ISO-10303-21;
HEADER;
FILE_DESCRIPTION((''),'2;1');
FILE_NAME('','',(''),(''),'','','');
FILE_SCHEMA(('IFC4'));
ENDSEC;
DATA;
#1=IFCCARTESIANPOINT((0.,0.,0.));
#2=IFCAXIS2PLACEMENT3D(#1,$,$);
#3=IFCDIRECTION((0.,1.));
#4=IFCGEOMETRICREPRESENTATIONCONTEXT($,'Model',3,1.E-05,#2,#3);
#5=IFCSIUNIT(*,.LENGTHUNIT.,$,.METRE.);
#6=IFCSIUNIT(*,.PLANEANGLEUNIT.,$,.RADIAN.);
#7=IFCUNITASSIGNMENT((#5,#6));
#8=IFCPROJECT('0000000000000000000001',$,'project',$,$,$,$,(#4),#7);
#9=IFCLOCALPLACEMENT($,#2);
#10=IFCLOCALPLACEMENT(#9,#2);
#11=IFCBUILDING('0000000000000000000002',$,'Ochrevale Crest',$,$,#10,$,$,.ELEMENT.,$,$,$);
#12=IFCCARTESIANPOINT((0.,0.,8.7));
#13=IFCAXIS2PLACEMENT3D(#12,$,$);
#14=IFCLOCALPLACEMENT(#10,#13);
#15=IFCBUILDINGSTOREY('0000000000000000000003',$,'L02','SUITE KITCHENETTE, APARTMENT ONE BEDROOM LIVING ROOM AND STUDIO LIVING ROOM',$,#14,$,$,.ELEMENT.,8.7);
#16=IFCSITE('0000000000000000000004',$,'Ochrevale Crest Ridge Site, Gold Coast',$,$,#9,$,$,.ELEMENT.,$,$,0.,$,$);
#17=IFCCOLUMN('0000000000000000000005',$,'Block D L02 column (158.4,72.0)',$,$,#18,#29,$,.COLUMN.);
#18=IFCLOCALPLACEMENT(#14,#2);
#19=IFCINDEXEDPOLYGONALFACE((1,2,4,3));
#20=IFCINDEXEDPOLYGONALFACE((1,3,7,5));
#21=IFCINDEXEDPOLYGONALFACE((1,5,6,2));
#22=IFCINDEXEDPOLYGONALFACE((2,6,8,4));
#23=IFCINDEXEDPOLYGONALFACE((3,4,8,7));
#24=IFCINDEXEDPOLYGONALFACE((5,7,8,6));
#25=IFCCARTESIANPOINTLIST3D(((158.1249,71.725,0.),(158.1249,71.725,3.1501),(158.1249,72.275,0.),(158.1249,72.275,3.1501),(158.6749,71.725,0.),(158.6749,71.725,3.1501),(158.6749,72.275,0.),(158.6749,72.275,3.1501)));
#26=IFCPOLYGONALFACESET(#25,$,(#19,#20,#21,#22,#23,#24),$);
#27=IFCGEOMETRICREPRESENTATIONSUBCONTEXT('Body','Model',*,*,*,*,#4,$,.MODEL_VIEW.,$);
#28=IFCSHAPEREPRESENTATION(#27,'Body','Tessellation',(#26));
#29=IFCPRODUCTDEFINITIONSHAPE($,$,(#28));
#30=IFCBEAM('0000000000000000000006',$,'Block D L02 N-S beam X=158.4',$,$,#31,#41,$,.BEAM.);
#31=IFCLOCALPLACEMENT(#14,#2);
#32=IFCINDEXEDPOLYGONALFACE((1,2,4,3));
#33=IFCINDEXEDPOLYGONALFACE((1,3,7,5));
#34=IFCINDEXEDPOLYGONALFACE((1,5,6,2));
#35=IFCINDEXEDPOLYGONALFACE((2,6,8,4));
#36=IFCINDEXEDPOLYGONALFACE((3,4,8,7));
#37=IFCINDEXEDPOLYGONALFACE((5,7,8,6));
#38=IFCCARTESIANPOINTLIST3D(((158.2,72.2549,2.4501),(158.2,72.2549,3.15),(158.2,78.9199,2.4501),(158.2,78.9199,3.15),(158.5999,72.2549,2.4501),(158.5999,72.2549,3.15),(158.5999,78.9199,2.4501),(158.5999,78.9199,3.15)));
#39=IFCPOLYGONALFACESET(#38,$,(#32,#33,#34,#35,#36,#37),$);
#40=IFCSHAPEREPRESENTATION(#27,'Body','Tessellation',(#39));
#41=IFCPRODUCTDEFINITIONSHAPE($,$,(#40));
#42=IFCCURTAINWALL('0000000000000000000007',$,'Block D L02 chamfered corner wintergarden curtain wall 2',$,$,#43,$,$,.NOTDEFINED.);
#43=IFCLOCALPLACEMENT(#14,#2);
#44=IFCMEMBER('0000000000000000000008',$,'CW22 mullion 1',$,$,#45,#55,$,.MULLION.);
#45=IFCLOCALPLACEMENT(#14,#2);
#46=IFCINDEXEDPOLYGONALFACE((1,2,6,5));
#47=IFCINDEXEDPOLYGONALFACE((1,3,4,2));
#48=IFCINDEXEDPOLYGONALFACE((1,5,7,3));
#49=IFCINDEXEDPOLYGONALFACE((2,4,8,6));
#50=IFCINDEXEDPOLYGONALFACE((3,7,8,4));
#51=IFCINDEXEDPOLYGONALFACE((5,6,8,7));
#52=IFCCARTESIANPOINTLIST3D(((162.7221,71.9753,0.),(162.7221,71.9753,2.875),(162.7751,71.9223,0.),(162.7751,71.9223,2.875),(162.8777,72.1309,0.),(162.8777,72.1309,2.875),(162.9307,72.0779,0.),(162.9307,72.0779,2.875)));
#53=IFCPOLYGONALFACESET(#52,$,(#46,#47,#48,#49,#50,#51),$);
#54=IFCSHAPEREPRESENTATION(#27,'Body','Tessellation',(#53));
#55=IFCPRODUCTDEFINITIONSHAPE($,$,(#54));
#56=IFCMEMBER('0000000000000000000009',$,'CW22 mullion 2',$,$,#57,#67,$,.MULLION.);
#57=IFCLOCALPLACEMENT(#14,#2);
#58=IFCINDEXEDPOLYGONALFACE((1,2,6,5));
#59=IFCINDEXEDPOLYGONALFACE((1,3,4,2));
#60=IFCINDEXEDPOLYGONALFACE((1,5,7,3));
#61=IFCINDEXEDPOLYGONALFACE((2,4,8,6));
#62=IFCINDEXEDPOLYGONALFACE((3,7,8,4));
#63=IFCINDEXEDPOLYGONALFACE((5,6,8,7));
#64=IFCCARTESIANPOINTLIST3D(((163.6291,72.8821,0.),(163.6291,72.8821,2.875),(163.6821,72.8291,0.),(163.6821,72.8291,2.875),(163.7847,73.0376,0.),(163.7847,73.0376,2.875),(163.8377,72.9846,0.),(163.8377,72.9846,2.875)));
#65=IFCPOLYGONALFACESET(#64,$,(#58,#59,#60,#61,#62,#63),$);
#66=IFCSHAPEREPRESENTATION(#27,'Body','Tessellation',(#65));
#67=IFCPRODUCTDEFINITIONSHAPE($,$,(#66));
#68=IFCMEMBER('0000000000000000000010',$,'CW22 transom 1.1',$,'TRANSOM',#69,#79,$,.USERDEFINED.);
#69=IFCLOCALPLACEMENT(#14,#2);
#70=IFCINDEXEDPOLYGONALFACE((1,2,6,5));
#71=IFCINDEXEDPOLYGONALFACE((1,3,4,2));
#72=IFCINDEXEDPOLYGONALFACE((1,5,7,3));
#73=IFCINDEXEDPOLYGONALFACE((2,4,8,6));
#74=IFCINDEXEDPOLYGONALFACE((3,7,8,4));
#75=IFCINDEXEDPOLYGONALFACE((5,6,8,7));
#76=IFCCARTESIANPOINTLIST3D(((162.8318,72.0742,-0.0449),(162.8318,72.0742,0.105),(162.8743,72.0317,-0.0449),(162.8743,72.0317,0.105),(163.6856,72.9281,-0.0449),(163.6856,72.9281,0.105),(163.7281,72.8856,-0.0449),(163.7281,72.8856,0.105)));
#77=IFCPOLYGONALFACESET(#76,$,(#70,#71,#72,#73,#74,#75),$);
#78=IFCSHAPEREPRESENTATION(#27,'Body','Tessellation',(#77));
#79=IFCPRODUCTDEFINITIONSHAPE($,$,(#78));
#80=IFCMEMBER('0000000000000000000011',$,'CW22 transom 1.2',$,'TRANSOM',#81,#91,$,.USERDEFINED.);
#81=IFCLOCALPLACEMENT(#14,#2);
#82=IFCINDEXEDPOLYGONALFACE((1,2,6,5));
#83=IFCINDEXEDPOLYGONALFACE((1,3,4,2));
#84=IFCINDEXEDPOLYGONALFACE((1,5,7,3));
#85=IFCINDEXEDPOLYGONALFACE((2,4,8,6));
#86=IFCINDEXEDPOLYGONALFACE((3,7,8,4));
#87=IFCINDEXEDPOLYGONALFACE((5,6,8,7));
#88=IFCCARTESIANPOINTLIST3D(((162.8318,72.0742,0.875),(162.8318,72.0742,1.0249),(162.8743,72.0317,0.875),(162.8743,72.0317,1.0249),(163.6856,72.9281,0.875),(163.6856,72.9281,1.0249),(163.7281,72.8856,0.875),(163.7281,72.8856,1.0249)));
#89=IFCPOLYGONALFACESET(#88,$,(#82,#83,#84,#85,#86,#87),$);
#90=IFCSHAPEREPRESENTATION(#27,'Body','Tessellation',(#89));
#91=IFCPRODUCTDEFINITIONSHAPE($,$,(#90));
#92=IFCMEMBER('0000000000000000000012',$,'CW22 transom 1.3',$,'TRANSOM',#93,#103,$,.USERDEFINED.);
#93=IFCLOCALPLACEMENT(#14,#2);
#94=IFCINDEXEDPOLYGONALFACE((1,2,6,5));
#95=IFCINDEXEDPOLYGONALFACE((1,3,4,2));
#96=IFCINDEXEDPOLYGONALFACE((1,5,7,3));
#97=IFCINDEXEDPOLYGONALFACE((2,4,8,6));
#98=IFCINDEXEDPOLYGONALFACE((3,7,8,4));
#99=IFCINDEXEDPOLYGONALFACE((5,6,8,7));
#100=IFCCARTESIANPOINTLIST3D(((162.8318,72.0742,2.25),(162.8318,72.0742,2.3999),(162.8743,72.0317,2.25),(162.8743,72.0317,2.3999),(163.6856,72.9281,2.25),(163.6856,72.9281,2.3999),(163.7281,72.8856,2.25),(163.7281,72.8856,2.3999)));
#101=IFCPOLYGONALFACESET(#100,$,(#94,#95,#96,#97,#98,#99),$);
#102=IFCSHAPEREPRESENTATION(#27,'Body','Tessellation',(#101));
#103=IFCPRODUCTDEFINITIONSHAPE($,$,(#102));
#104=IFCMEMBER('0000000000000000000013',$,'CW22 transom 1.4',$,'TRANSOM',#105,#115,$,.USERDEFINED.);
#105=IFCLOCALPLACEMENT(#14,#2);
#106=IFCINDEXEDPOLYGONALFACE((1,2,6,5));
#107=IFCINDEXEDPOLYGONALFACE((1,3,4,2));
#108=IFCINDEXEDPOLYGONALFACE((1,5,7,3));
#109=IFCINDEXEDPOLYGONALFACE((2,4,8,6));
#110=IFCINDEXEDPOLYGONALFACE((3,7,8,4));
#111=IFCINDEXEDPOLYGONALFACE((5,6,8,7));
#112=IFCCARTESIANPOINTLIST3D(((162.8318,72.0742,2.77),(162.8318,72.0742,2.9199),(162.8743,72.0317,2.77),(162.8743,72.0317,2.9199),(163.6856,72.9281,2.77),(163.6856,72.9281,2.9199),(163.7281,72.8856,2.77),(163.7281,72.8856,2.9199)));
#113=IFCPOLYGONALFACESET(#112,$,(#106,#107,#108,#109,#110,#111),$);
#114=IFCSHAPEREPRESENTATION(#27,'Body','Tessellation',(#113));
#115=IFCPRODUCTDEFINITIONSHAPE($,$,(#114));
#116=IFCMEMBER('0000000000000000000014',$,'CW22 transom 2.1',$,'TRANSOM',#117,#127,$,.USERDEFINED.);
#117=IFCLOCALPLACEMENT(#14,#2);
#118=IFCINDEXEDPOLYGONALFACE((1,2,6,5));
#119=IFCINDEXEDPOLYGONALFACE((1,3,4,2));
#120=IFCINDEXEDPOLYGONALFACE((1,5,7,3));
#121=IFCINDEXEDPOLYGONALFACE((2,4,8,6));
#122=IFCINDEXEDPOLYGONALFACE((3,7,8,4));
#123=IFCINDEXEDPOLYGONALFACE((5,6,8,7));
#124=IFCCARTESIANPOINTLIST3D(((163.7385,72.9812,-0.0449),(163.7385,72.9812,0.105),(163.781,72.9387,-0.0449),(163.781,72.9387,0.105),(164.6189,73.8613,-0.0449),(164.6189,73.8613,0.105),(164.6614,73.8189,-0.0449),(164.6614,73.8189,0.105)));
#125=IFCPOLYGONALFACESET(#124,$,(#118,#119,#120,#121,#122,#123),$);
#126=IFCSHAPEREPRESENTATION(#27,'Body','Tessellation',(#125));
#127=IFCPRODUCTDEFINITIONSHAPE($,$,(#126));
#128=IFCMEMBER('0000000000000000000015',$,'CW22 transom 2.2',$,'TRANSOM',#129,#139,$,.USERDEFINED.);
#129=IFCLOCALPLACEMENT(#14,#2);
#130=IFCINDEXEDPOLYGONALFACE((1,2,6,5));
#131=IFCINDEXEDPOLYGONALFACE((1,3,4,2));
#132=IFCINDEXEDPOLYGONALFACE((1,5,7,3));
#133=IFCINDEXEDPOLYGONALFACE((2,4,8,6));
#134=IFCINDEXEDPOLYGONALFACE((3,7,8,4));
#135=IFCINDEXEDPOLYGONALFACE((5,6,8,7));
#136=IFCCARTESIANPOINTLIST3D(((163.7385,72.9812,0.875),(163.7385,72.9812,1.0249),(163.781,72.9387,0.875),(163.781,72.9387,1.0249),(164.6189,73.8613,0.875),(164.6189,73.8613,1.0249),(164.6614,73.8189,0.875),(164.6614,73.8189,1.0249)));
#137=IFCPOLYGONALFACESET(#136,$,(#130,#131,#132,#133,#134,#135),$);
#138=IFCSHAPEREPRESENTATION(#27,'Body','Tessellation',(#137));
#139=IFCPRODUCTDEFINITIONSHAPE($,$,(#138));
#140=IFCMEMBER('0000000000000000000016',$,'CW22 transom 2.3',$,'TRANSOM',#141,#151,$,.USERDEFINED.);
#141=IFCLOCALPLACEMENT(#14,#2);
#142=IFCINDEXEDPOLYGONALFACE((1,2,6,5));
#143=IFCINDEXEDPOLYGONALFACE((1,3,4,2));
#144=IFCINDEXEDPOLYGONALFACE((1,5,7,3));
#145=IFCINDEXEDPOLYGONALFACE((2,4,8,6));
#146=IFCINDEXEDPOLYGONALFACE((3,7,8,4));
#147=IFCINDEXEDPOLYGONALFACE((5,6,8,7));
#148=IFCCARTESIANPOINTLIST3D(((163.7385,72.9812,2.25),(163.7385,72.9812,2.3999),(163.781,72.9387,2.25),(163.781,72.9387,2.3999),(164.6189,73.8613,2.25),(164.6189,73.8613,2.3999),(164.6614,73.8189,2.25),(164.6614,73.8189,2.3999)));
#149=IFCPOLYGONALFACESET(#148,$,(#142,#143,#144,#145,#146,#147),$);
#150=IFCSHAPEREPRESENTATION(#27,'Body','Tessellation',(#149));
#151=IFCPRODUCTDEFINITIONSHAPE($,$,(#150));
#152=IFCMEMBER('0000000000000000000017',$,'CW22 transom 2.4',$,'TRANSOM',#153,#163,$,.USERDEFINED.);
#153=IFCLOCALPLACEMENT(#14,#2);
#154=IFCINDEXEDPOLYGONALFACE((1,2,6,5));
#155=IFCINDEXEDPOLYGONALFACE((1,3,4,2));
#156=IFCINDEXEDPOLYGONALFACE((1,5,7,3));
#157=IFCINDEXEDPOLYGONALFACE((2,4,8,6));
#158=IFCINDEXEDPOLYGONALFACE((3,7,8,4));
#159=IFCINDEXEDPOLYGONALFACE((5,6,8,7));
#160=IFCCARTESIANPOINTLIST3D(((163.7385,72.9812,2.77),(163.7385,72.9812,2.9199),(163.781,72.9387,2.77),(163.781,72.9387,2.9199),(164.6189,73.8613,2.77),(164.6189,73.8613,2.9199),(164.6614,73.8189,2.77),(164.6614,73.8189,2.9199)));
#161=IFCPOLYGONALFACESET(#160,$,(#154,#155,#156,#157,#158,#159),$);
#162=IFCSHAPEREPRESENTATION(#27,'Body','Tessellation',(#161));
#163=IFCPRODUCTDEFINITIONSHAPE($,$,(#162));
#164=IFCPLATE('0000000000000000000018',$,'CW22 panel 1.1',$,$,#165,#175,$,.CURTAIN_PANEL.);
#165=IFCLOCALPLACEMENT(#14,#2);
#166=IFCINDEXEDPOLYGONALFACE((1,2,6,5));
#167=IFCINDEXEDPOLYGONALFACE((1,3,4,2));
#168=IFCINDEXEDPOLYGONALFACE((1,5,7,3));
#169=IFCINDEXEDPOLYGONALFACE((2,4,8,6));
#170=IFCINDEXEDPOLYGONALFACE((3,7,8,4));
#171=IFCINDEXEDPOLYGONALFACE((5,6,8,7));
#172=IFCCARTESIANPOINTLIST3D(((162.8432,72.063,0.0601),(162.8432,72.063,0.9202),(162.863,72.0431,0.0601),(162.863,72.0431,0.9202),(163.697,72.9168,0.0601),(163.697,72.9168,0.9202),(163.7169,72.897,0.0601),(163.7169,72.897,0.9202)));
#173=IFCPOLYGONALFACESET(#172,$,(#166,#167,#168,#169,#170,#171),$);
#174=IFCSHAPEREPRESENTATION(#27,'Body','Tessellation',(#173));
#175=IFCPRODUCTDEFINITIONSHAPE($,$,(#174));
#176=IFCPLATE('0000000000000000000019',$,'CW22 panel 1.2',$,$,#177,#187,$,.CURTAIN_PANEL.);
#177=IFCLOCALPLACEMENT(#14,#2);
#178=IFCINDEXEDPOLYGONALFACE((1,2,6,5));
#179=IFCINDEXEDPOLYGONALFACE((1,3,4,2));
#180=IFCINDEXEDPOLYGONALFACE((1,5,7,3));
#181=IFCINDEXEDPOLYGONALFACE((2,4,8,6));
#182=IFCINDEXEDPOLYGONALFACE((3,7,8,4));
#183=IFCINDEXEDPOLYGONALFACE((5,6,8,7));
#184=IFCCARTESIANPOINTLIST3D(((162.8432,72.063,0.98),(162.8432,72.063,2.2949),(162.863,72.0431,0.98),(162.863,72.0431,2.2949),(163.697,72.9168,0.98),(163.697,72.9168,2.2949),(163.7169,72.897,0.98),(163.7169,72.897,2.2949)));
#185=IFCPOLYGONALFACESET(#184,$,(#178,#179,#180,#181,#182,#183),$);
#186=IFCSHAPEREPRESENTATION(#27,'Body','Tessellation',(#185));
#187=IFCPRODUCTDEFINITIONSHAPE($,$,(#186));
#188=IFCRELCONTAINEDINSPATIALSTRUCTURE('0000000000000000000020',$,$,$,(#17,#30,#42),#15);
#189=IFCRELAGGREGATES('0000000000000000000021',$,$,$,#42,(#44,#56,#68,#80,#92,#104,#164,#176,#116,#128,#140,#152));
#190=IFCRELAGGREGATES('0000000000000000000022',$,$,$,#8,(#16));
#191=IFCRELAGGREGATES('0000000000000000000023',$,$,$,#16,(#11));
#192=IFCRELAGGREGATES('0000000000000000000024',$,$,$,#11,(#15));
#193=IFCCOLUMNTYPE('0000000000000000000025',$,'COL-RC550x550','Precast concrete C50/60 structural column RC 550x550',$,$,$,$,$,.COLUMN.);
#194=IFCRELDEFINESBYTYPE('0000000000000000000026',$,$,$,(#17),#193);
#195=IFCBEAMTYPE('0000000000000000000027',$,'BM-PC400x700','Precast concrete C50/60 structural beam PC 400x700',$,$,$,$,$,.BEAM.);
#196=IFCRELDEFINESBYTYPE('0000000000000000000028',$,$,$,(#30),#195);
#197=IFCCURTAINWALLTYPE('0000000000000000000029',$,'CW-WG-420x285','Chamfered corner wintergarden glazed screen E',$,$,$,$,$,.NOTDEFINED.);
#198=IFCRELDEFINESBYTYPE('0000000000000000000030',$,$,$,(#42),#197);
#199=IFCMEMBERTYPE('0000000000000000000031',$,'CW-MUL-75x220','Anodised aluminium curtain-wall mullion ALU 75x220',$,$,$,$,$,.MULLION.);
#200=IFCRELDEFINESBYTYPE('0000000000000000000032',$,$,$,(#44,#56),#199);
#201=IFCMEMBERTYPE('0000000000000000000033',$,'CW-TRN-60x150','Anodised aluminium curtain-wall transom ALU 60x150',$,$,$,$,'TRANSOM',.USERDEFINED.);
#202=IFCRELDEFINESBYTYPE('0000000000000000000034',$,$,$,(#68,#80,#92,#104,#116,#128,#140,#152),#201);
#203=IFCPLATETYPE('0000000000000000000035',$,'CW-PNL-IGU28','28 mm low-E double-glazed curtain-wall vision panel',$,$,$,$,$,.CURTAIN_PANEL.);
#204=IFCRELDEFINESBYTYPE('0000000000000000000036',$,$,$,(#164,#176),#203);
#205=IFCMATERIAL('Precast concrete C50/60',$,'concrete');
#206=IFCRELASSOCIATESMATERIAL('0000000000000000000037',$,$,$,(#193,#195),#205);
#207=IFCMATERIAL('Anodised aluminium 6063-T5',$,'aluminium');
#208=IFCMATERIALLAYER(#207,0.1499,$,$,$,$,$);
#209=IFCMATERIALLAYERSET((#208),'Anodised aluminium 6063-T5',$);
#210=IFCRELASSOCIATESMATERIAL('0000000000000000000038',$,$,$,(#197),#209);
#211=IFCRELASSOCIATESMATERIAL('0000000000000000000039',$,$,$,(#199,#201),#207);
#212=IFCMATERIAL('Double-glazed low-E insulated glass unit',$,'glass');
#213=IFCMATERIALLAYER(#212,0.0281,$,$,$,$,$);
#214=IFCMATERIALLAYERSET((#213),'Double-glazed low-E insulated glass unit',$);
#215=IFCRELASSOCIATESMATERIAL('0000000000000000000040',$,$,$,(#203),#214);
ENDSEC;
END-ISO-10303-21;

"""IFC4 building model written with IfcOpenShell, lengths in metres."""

from ifc_helpers import new_model, si_unit, direction, frame, origin, origin_2d, place, context, subcontext, project, spatial, rectangle, extrude, material, layer, layer_set, material_profile, profile_set, type_object, element, aggregate, save


model = new_model("IFC4")

# Units and contexts
model_context = context("Model", 3, precision=1e-05, world=origin(), true_north=direction((0.0, 1.0)))
body_context = subcontext(model_context, "Body", "Model", "MODEL_VIEW")
ifc_project = project(units=[si_unit("LENGTHUNIT", "METRE"), si_unit("PLANEANGLEUNIT", "RADIAN")], contexts=[model_context])

# Site, building, storey
site_placement = place(None, origin())
site = spatial("IfcSite", under=ifc_project, at=site_placement, Name="Ochrevale Crest Ridge Site, Gold Coast", CompositionType="ELEMENT", RefElevation=0.0)
building_placement = place(site_placement, origin())
building = spatial("IfcBuilding", under=site, at=building_placement, Name="Ochrevale Crest", CompositionType="ELEMENT")
storey_placement = place(building_placement, frame((0.0, 0.0, 8.7)))
storey = spatial("IfcBuildingStorey", under=building, at=storey_placement, Name="L02", Description="SUITE KITCHENETTE, APARTMENT ONE BEDROOM LIVING ROOM AND STUDIO LIVING ROOM", CompositionType="ELEMENT", Elevation=8.7)

# Column
ifc_material_1 = material(Name="Precast concrete C50/60", Category="concrete")
ifc_material_profile_1 = material_profile(ifc_material_1, rectangle(XDim=0.55, YDim=0.55, at=origin_2d()), Name="RC 550x550")
ifc_profile_set_1 = profile_set([ifc_material_profile_1], Name="Precast concrete C50/60")
column_type = type_object("IfcColumnType", Name="COL-RC550x550", Description="Precast concrete C50/60 structural column RC 550x550", PredefinedType="COLUMN", material=ifc_profile_set_1)
column_placement = place(storey_placement, frame((158.3999, 72.0, 0.0), z_axis=(0.0, 0.0, 1.0), x_axis=(1.0, 0.0, 0.0)))
element("IfcColumn", 1, at=column_placement, inside=storey, type_object=column_type, Name="Block D L02 column (158.4,72.0)", PredefinedType="COLUMN", context=body_context, shape_type="SweptSolid", body=[
    extrude(rectangle(XDim=0.55, YDim=0.55, at=origin_2d()), origin(), (0.0, 0.0, 1.0), 3.1501),
])

# Beam
ifc_material_profile_2 = material_profile(ifc_material_1, rectangle(XDim=0.3999, YDim=0.7, at=origin_2d()), Name="PC 400x700")
ifc_profile_set_2 = profile_set([ifc_material_profile_2], Name="Precast concrete C50/60")
beam_type = type_object("IfcBeamType", Name="BM-PC400x700", Description="Precast concrete C50/60 structural beam PC 400x700", PredefinedType="BEAM", material=ifc_profile_set_2)
beam_placement = place(storey_placement, frame((158.3999, 72.2549, 2.8), z_axis=(0.0, 1.0, 0.0), x_axis=(-1.0, 0.0, 0.0)))
element("IfcBeam", 2, at=beam_placement, inside=storey, type_object=beam_type, Name="Block D L02 N-S beam X=158.4", PredefinedType="BEAM", context=body_context, shape_type="SweptSolid", body=[
    extrude(rectangle(XDim=0.3999, YDim=0.7, at=origin_2d()), origin(), (0.0, 0.0, 1.0), 6.665),
])

# Curtain wall, members, plates
ifc_material_2 = material(Name="Anodised aluminium 6063-T5", Category="aluminium")
ifc_layer_1 = layer(ifc_material_2, 0.1499)
ifc_layer_set_1 = layer_set([ifc_layer_1], Name="Anodised aluminium 6063-T5")
curtain_wall_type = type_object("IfcCurtainWallType", Name="CW-WG-420x285", Description="Chamfered corner wintergarden glazed screen E", PredefinedType="NOTDEFINED", material=ifc_layer_set_1)
curtain_wall_placement = place(storey_placement, origin())
curtain_wall = element("IfcCurtainWall", 3, at=curtain_wall_placement, inside=storey, type_object=curtain_wall_type, Name="Block D L02 chamfered corner wintergarden curtain wall 2", PredefinedType="NOTDEFINED")
ifc_material_profile_3 = material_profile(ifc_material_2, rectangle(XDim=0.075, YDim=0.22, at=origin_2d()), Name="ALU 75x220")
ifc_profile_set_3 = profile_set([ifc_material_profile_3], Name="Anodised aluminium 6063-T5")
member_type_1 = type_object("IfcMemberType", Name="CW-MUL-75x220", Description="Anodised aluminium curtain-wall mullion ALU 75x220", PredefinedType="MULLION", material=ifc_profile_set_3)
member_1_placement = place(storey_placement, frame((162.8264, 72.0266, 0.0), z_axis=(0.0, 0.0, 1.0), x_axis=(-0.707107, 0.707107, 0.0)))
member_1 = element("IfcMember", 4, at=member_1_placement, type_object=member_type_1, Name="CW22 mullion 1", PredefinedType="MULLION", context=body_context, shape_type="SweptSolid", body=[
    extrude(rectangle(XDim=0.075, YDim=0.22, at=origin_2d()), origin(), (0.0, 0.0, 1.0), 2.875),
])
member_2_placement = place(storey_placement, frame((163.7334, 72.9333, 0.0), z_axis=(0.0, 0.0, 1.0), x_axis=(-0.707107, 0.707107, 0.0)))
member_2 = element("IfcMember", 5, at=member_2_placement, type_object=member_type_1, Name="CW22 mullion 2", PredefinedType="MULLION", context=body_context, shape_type="SweptSolid", body=[
    extrude(rectangle(XDim=0.075, YDim=0.22, at=origin_2d()), origin(), (0.0, 0.0, 1.0), 2.875),
])
ifc_material_profile_4 = material_profile(ifc_material_2, rectangle(XDim=0.0601, YDim=0.1499, at=origin_2d()), Name="ALU 60x150")
ifc_profile_set_4 = profile_set([ifc_material_profile_4], Name="Anodised aluminium 6063-T5")
member_type_2 = type_object("IfcMemberType", Name="CW-TRN-60x150", Description="Anodised aluminium curtain-wall transom ALU 60x150", ElementType="TRANSOM", PredefinedType="USERDEFINED", material=ifc_profile_set_4)
member_3_placement = place(storey_placement, frame((162.853, 72.053, 0.03), z_axis=(0.707107, 0.707107, 0.0), x_axis=(-0.707107, 0.707107, 0.0)))
member_3 = element("IfcMember", 6, at=member_3_placement, type_object=member_type_2, Name="CW22 transom 1.1", ObjectType="TRANSOM", PredefinedType="USERDEFINED", context=body_context, shape_type="SweptSolid", body=[
    extrude(rectangle(XDim=0.0601, YDim=0.1499, at=origin_2d()), origin(), (0.0, 0.0, 1.0), 1.2075),
])
member_4_placement = place(storey_placement, frame((162.853, 72.053, 0.95), z_axis=(0.707107, 0.707107, 0.0), x_axis=(-0.707107, 0.707107, 0.0)))
member_4 = element("IfcMember", 7, at=member_4_placement, type_object=member_type_2, Name="CW22 transom 1.2", ObjectType="TRANSOM", PredefinedType="USERDEFINED", context=body_context, shape_type="SweptSolid", body=[
    extrude(rectangle(XDim=0.0601, YDim=0.1499, at=origin_2d()), origin(), (0.0, 0.0, 1.0), 1.2075),
])
member_5_placement = place(storey_placement, frame((162.853, 72.053, 2.325), z_axis=(0.707107, 0.707107, 0.0), x_axis=(-0.707107, 0.707107, 0.0)))
member_5 = element("IfcMember", 8, at=member_5_placement, type_object=member_type_2, Name="CW22 transom 1.3", ObjectType="TRANSOM", PredefinedType="USERDEFINED", context=body_context, shape_type="SweptSolid", body=[
    extrude(rectangle(XDim=0.0601, YDim=0.1499, at=origin_2d()), origin(), (0.0, 0.0, 1.0), 1.2075),
])
member_6_placement = place(storey_placement, frame((162.853, 72.053, 2.845), z_axis=(0.707107, 0.707107, 0.0), x_axis=(-0.707107, 0.707107, 0.0)))
member_6 = element("IfcMember", 9, at=member_6_placement, type_object=member_type_2, Name="CW22 transom 1.4", ObjectType="TRANSOM", PredefinedType="USERDEFINED", context=body_context, shape_type="SweptSolid", body=[
    extrude(rectangle(XDim=0.0601, YDim=0.1499, at=origin_2d()), origin(), (0.0, 0.0, 1.0), 1.2075),
])
member_7_placement = place(storey_placement, frame((163.7598, 72.96, 0.03), z_axis=(0.707205, 0.707009, 0.0), x_axis=(-0.707009, 0.707205, 0.0)))
member_7 = element("IfcMember", 10, at=member_7_placement, type_object=member_type_2, Name="CW22 transom 2.1", ObjectType="TRANSOM", PredefinedType="USERDEFINED", context=body_context, shape_type="SweptSolid", body=[
    extrude(rectangle(XDim=0.0601, YDim=0.1499, at=origin_2d()), origin(), (0.0, 0.0, 1.0), 1.2449),
])
member_8_placement = place(storey_placement, frame((163.7598, 72.96, 0.95), z_axis=(0.707205, 0.707009, 0.0), x_axis=(-0.707009, 0.707205, 0.0)))
member_8 = element("IfcMember", 11, at=member_8_placement, type_object=member_type_2, Name="CW22 transom 2.2", ObjectType="TRANSOM", PredefinedType="USERDEFINED", context=body_context, shape_type="SweptSolid", body=[
    extrude(rectangle(XDim=0.0601, YDim=0.1499, at=origin_2d()), origin(), (0.0, 0.0, 1.0), 1.2449),
])
member_9_placement = place(storey_placement, frame((163.7598, 72.96, 2.325), z_axis=(0.707205, 0.707009, 0.0), x_axis=(-0.707009, 0.707205, 0.0)))
member_9 = element("IfcMember", 12, at=member_9_placement, type_object=member_type_2, Name="CW22 transom 2.3", ObjectType="TRANSOM", PredefinedType="USERDEFINED", context=body_context, shape_type="SweptSolid", body=[
    extrude(rectangle(XDim=0.0601, YDim=0.1499, at=origin_2d()), origin(), (0.0, 0.0, 1.0), 1.2449),
])
member_10_placement = place(storey_placement, frame((163.7598, 72.96, 2.845), z_axis=(0.707205, 0.707009, 0.0), x_axis=(-0.707009, 0.707205, 0.0)))
member_10 = element("IfcMember", 13, at=member_10_placement, type_object=member_type_2, Name="CW22 transom 2.4", ObjectType="TRANSOM", PredefinedType="USERDEFINED", context=body_context, shape_type="SweptSolid", body=[
    extrude(rectangle(XDim=0.0601, YDim=0.1499, at=origin_2d()), origin(), (0.0, 0.0, 1.0), 1.2449),
])
ifc_material_3 = material(Name="Double-glazed low-E insulated glass unit", Category="glass")
ifc_layer_2 = layer(ifc_material_3, 0.0281)
ifc_layer_set_2 = layer_set([ifc_layer_2], Name="Double-glazed low-E insulated glass unit")
plate_type_1 = type_object("IfcPlateType", Name="CW-PNL-IGU28", Description="28 mm low-E double-glazed curtain-wall vision panel", PredefinedType="CURTAIN_PANEL", material=ifc_layer_set_2)
plate_1_placement = place(storey_placement, frame((163.28, 72.48, 0.0601), z_axis=(0.0, 0.0, 1.0), x_axis=(0.707107, 0.707107, 0.0)))
plate_1 = element("IfcPlate", 14, at=plate_1_placement, type_object=plate_type_1, Name="CW22 panel 1.1", PredefinedType="CURTAIN_PANEL", context=body_context, shape_type="SweptSolid", body=[
    extrude(rectangle(XDim=1.2075, YDim=0.0281, at=origin_2d()), origin(), (0.0, 0.0, 1.0), 0.8601),
])
plate_2_placement = place(storey_placement, frame((163.28, 72.48, 0.98), z_axis=(0.0, 0.0, 1.0), x_axis=(0.707107, 0.707107, 0.0)))
plate_2 = element("IfcPlate", 15, at=plate_2_placement, type_object=plate_type_1, Name="CW22 panel 1.2", PredefinedType="CURTAIN_PANEL", context=body_context, shape_type="SweptSolid", body=[
    extrude(rectangle(XDim=1.2075, YDim=0.0281, at=origin_2d()), origin(), (0.0, 0.0, 1.0), 1.3149),
])
aggregate(curtain_wall, [member_1, member_2, member_3, member_4, member_5, member_6, plate_1, plate_2, member_7, member_8, member_9, member_10])

save(model, "model.ifc")
